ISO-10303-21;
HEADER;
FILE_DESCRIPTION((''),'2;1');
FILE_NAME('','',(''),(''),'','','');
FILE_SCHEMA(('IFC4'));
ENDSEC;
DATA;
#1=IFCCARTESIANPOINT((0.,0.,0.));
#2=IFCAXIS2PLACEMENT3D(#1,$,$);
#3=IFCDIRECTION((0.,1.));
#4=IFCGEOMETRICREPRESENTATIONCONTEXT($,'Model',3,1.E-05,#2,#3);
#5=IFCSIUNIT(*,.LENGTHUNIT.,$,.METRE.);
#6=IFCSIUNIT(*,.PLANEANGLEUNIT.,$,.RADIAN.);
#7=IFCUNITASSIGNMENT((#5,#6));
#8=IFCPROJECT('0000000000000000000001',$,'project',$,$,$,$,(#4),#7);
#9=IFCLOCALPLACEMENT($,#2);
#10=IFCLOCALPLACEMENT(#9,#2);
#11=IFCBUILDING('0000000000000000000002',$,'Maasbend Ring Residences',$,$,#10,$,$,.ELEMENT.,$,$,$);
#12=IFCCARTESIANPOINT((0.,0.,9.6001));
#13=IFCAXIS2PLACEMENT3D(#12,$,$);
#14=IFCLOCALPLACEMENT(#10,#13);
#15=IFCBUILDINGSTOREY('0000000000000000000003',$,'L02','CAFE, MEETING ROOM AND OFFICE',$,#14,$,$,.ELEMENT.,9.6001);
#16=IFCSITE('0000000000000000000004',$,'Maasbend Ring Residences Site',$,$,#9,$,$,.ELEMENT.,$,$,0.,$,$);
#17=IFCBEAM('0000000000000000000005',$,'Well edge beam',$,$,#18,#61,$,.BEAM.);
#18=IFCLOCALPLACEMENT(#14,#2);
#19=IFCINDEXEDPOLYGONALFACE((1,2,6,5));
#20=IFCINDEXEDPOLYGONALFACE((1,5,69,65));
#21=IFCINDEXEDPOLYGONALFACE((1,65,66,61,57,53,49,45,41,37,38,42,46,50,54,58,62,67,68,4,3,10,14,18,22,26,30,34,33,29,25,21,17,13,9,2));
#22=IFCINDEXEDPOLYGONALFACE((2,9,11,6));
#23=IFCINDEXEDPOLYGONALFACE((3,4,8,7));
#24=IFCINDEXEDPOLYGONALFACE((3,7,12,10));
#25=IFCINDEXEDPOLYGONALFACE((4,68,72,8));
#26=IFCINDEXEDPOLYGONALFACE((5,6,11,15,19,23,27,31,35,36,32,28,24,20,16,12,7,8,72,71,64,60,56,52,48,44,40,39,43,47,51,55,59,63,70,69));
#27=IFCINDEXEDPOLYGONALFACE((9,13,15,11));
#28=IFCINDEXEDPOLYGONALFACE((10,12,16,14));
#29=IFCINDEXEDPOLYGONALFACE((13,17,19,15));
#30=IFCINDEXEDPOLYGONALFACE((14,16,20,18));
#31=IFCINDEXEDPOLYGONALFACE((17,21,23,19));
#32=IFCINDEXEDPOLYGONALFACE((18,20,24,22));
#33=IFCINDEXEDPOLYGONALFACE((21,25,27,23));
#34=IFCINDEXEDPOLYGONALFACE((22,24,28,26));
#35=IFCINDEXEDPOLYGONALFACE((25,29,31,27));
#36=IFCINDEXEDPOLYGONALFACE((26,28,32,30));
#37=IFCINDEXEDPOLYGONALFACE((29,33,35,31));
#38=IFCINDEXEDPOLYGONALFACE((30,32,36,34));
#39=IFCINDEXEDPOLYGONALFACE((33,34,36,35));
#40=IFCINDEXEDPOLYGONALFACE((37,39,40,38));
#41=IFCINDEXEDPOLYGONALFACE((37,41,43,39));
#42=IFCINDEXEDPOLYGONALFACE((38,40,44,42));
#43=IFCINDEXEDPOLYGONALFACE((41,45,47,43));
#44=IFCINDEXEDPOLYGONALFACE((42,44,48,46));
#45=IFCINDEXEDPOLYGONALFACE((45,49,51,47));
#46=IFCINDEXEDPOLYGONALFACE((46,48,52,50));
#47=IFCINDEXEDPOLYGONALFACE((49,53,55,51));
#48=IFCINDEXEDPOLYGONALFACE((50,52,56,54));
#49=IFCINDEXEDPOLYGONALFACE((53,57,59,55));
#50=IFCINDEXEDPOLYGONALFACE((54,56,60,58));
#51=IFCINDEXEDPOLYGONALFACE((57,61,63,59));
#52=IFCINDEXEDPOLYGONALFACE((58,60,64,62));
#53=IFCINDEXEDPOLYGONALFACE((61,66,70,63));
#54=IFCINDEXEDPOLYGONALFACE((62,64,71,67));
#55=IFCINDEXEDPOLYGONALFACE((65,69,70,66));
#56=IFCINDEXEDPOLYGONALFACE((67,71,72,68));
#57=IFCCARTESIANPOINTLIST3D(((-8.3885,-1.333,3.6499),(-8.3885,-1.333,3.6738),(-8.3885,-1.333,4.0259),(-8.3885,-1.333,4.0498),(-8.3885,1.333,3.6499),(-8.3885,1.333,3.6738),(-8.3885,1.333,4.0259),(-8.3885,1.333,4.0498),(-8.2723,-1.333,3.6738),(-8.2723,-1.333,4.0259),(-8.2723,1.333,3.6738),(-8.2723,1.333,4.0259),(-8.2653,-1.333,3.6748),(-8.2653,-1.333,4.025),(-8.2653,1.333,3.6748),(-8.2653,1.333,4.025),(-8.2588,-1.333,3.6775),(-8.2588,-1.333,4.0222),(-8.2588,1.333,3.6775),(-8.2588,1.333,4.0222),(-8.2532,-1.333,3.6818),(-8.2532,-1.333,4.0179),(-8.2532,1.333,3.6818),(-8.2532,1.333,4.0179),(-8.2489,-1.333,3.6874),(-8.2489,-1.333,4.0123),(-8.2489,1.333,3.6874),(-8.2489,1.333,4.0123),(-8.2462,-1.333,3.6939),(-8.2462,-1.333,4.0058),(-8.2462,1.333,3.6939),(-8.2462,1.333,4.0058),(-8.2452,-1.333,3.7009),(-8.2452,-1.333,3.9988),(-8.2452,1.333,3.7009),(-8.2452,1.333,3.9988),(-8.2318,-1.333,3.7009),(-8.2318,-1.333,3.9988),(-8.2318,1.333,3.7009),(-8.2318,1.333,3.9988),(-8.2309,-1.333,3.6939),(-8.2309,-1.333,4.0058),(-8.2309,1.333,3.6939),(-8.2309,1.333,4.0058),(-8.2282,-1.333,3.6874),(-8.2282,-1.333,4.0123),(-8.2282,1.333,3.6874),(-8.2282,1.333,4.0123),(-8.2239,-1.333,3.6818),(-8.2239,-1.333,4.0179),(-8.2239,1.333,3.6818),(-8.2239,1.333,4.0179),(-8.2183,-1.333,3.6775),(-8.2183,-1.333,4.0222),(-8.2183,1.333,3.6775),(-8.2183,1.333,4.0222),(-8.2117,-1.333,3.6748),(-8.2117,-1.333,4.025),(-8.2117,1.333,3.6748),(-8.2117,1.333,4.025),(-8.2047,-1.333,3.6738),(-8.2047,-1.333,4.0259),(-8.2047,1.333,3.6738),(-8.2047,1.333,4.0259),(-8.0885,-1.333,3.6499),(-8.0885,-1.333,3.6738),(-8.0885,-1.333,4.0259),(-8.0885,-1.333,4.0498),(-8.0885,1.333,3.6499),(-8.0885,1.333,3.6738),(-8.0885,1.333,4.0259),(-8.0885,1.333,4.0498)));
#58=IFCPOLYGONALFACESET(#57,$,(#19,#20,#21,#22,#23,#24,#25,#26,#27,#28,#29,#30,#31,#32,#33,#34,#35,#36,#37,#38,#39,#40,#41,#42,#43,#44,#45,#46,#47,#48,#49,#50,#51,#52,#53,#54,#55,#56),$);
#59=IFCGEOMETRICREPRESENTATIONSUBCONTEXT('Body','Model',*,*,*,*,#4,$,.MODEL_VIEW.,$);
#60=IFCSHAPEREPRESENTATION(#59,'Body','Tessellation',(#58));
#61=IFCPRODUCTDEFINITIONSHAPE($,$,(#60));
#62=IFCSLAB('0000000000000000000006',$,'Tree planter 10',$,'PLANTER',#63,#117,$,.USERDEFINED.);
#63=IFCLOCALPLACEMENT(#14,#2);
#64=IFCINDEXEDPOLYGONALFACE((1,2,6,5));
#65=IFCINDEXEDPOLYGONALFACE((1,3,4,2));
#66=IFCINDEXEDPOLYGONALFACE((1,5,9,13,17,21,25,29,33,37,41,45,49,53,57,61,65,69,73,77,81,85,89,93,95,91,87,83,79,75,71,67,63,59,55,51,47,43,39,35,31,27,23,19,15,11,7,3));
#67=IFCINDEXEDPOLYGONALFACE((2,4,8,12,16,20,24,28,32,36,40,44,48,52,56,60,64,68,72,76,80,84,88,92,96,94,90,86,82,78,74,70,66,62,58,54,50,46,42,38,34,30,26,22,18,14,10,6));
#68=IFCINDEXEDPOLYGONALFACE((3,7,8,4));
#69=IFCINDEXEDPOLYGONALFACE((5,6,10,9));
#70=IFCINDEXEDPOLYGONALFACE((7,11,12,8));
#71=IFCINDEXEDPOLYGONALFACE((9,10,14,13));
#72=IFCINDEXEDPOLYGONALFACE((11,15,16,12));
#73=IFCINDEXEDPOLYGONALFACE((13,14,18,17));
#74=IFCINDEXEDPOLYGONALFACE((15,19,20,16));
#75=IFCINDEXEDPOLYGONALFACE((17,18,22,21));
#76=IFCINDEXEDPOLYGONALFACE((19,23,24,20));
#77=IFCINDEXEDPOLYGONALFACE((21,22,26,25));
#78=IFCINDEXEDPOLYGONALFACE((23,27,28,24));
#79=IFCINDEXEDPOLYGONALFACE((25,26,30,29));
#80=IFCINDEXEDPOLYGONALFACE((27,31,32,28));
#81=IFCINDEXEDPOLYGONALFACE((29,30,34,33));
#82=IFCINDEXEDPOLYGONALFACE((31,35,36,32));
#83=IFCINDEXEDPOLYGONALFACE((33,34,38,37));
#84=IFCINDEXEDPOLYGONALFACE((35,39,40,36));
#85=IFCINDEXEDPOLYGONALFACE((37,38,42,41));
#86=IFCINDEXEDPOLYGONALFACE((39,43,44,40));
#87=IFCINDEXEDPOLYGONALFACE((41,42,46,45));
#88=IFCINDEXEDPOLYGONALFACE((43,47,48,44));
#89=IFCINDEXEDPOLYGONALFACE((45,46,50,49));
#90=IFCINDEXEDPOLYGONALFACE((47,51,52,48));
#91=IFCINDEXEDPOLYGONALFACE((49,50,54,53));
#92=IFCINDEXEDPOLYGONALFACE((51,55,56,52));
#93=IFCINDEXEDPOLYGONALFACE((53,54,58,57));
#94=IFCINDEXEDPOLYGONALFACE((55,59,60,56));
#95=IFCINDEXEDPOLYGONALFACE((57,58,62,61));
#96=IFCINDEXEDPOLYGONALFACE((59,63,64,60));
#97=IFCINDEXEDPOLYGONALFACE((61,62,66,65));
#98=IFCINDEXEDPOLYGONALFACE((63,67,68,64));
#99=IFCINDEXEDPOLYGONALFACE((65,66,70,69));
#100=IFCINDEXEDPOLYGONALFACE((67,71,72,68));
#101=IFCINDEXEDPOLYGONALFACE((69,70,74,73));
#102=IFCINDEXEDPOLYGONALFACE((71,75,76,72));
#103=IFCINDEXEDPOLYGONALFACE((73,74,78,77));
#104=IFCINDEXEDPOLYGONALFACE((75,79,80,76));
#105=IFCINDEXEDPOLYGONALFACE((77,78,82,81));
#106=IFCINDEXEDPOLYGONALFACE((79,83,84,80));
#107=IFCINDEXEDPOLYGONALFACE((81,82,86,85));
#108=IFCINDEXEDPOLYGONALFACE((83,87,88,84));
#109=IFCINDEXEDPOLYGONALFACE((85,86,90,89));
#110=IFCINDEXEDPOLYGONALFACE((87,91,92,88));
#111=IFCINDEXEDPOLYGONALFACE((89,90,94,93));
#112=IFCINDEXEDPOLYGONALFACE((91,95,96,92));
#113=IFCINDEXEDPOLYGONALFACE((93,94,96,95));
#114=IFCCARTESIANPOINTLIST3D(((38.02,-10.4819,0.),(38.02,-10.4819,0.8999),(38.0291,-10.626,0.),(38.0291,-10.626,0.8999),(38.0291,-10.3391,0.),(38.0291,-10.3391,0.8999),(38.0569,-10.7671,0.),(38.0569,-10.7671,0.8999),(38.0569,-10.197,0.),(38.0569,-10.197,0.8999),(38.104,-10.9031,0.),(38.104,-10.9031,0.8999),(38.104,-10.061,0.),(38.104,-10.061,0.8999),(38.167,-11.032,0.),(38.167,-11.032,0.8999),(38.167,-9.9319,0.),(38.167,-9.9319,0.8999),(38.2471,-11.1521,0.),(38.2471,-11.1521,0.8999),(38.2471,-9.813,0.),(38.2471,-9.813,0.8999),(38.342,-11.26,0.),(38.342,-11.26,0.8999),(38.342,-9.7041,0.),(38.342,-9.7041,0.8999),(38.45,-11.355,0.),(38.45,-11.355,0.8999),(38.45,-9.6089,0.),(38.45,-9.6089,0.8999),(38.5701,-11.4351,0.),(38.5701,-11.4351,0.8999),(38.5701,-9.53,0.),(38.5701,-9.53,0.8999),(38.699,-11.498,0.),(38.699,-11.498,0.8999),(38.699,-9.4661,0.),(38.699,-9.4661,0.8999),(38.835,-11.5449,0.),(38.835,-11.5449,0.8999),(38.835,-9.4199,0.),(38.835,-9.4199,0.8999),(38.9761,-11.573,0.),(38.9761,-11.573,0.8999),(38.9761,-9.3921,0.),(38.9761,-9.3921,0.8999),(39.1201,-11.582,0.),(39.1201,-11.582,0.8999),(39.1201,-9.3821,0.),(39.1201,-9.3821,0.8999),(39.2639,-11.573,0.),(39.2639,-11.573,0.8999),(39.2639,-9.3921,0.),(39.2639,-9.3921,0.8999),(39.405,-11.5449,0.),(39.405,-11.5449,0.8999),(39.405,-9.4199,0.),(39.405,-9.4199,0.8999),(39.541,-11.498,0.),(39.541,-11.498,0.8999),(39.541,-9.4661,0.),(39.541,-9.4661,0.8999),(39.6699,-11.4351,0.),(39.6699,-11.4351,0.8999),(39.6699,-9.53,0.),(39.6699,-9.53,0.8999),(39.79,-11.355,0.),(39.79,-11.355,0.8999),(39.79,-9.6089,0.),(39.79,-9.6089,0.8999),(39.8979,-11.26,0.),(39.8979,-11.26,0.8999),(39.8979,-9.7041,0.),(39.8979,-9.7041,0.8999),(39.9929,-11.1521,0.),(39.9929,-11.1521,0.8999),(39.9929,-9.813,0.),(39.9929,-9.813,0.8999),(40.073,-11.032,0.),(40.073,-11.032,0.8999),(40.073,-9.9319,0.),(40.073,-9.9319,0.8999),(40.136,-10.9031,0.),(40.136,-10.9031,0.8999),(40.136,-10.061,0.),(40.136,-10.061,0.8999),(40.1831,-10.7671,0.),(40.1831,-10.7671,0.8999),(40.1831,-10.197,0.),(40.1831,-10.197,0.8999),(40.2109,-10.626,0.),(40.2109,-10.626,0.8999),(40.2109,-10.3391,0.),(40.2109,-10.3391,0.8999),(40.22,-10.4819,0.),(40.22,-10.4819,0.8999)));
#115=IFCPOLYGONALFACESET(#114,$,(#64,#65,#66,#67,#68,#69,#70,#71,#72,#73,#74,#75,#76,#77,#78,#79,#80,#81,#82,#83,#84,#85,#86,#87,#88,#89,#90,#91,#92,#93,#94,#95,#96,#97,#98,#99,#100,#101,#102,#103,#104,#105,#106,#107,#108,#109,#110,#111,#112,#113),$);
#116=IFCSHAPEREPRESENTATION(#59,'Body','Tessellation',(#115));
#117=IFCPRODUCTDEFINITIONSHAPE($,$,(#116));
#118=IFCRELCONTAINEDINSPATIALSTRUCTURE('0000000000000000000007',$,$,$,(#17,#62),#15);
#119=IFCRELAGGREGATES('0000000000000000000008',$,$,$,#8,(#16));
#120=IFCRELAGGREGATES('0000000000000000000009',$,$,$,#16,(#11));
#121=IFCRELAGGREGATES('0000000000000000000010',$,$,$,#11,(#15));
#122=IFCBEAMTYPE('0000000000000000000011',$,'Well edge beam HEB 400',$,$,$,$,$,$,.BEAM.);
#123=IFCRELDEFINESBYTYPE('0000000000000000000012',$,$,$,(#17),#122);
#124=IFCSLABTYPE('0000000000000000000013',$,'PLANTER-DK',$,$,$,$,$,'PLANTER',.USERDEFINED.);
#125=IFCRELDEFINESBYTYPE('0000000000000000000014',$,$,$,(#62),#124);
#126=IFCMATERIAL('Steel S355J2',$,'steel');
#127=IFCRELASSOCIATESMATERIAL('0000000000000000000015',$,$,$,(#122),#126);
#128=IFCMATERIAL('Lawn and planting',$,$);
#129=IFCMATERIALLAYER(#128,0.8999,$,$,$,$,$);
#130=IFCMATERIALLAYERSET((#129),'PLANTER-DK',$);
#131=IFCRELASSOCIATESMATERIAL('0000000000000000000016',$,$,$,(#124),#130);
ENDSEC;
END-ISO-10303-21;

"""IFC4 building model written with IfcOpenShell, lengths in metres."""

from ifc_helpers import new_model, si_unit, direction, frame, origin, origin_2d, place, context, subcontext, project, spatial, polyline, i_section, outline, extrude, material, layer, layer_set, material_profile, profile_set, type_object, element, save


model = new_model("IFC4")

# Units and contexts
model_context = context("Model", 3, precision=1e-05, world=origin(), true_north=direction((0.0, 1.0)))
body_context = subcontext(model_context, "Body", "Model", "MODEL_VIEW")
ifc_project = project(units=[si_unit("LENGTHUNIT", "METRE"), si_unit("PLANEANGLEUNIT", "RADIAN")], contexts=[model_context])

# Site, building, storey
site_placement = place(None, origin())
site = spatial("IfcSite", under=ifc_project, at=site_placement, Name="Maasbend Ring Residences Site", CompositionType="ELEMENT", RefElevation=0.0)
building_placement = place(site_placement, origin())
building = spatial("IfcBuilding", under=site, at=building_placement, Name="Maasbend Ring Residences", CompositionType="ELEMENT")
storey_placement = place(building_placement, frame((0.0, 0.0, 9.6001)))
storey = spatial("IfcBuildingStorey", under=building, at=storey_placement, Name="L02", Description="CAFE, MEETING ROOM AND OFFICE", CompositionType="ELEMENT", Elevation=9.6001)

# Beam
ifc_material_1 = material(Name="Steel S355J2", Category="steel")
ifc_material_profile_1 = material_profile(ifc_material_1, i_section(OverallWidth=0.3, OverallDepth=0.3999, WebThickness=0.0134, FlangeThickness=0.0239, FilletRadius=0.0271, at=origin_2d()), Name="HEB 400")
ifc_profile_set_1 = profile_set([ifc_material_profile_1], Name="Steel S355J2")
beam_type = type_object("IfcBeamType", Name="Well edge beam HEB 400", PredefinedType="BEAM", material=ifc_profile_set_1)
beam_1_placement = place(storey_placement, frame((-8.2385, 1.333, 3.8499), z_axis=(0.0, -1.0, 0.0), x_axis=(1.0, 0.0, 0.0)))
element("IfcBeam", 1, at=beam_1_placement, inside=storey, type_object=beam_type, Name="Well edge beam", PredefinedType="BEAM", context=body_context, shape_type="SweptSolid", body=[
    extrude(i_section(OverallWidth=0.3, OverallDepth=0.3999, WebThickness=0.0134, FlangeThickness=0.0239, FilletRadius=0.0271, at=origin_2d()), origin(), (0.0, 0.0, 1.0), 2.666),
])

# Slab
ifc_material_2 = material(Name="Lawn and planting")
ifc_layer_1 = layer(ifc_material_2, 0.8999)
ifc_layer_set_1 = layer_set([ifc_layer_1], Name="PLANTER-DK")
slab_type = type_object("IfcSlabType", Name="PLANTER-DK", ElementType="PLANTER", PredefinedType="USERDEFINED", material=ifc_layer_set_1)
slab_placement = place(storey_placement, origin())
element("IfcSlab", 2, at=slab_placement, inside=storey, type_object=slab_type, Name="Tree planter 10", ObjectType="PLANTER", PredefinedType="USERDEFINED", context=body_context, shape_type="SweptSolid", body=[
    extrude(outline(polyline([(40.22, -10.4819), (40.2109, -10.626), (40.1831, -10.7671), (40.136, -10.9031), (40.073, -11.032), (39.9929, -11.1521), (39.8979, -11.26), (39.79, -11.355), (39.6699, -11.4351), (39.541, -11.498), (39.405, -11.5449), (39.2639, -11.573), (39.1201, -11.582), (38.9761, -11.573), (38.835, -11.5449), (38.699, -11.498), (38.5701, -11.4351), (38.45, -11.355), (38.342, -11.26), (38.2471, -11.1521), (38.167, -11.032), (38.104, -10.9031), (38.0569, -10.7671), (38.0291, -10.626), (38.02, -10.4819), (38.0291, -10.3391), (38.0569, -10.197), (38.104, -10.061), (38.167, -9.9319), (38.2471, -9.813), (38.342, -9.7041), (38.45, -9.6089), (38.5701, -9.53), (38.699, -9.4661), (38.835, -9.4199), (38.9761, -9.3921), (39.1201, -9.3821), (39.2639, -9.3921), (39.405, -9.4199), (39.541, -9.4661), (39.6699, -9.53), (39.79, -9.6089), (39.8979, -9.7041), (39.9929, -9.813), (40.073, -9.9319), (40.136, -10.061), (40.1831, -10.197), (40.2109, -10.3391), (40.22, -10.4819)])), origin(), (0.0, 0.0, 1.0), 0.8999),
])

save(model, "model.ifc")
